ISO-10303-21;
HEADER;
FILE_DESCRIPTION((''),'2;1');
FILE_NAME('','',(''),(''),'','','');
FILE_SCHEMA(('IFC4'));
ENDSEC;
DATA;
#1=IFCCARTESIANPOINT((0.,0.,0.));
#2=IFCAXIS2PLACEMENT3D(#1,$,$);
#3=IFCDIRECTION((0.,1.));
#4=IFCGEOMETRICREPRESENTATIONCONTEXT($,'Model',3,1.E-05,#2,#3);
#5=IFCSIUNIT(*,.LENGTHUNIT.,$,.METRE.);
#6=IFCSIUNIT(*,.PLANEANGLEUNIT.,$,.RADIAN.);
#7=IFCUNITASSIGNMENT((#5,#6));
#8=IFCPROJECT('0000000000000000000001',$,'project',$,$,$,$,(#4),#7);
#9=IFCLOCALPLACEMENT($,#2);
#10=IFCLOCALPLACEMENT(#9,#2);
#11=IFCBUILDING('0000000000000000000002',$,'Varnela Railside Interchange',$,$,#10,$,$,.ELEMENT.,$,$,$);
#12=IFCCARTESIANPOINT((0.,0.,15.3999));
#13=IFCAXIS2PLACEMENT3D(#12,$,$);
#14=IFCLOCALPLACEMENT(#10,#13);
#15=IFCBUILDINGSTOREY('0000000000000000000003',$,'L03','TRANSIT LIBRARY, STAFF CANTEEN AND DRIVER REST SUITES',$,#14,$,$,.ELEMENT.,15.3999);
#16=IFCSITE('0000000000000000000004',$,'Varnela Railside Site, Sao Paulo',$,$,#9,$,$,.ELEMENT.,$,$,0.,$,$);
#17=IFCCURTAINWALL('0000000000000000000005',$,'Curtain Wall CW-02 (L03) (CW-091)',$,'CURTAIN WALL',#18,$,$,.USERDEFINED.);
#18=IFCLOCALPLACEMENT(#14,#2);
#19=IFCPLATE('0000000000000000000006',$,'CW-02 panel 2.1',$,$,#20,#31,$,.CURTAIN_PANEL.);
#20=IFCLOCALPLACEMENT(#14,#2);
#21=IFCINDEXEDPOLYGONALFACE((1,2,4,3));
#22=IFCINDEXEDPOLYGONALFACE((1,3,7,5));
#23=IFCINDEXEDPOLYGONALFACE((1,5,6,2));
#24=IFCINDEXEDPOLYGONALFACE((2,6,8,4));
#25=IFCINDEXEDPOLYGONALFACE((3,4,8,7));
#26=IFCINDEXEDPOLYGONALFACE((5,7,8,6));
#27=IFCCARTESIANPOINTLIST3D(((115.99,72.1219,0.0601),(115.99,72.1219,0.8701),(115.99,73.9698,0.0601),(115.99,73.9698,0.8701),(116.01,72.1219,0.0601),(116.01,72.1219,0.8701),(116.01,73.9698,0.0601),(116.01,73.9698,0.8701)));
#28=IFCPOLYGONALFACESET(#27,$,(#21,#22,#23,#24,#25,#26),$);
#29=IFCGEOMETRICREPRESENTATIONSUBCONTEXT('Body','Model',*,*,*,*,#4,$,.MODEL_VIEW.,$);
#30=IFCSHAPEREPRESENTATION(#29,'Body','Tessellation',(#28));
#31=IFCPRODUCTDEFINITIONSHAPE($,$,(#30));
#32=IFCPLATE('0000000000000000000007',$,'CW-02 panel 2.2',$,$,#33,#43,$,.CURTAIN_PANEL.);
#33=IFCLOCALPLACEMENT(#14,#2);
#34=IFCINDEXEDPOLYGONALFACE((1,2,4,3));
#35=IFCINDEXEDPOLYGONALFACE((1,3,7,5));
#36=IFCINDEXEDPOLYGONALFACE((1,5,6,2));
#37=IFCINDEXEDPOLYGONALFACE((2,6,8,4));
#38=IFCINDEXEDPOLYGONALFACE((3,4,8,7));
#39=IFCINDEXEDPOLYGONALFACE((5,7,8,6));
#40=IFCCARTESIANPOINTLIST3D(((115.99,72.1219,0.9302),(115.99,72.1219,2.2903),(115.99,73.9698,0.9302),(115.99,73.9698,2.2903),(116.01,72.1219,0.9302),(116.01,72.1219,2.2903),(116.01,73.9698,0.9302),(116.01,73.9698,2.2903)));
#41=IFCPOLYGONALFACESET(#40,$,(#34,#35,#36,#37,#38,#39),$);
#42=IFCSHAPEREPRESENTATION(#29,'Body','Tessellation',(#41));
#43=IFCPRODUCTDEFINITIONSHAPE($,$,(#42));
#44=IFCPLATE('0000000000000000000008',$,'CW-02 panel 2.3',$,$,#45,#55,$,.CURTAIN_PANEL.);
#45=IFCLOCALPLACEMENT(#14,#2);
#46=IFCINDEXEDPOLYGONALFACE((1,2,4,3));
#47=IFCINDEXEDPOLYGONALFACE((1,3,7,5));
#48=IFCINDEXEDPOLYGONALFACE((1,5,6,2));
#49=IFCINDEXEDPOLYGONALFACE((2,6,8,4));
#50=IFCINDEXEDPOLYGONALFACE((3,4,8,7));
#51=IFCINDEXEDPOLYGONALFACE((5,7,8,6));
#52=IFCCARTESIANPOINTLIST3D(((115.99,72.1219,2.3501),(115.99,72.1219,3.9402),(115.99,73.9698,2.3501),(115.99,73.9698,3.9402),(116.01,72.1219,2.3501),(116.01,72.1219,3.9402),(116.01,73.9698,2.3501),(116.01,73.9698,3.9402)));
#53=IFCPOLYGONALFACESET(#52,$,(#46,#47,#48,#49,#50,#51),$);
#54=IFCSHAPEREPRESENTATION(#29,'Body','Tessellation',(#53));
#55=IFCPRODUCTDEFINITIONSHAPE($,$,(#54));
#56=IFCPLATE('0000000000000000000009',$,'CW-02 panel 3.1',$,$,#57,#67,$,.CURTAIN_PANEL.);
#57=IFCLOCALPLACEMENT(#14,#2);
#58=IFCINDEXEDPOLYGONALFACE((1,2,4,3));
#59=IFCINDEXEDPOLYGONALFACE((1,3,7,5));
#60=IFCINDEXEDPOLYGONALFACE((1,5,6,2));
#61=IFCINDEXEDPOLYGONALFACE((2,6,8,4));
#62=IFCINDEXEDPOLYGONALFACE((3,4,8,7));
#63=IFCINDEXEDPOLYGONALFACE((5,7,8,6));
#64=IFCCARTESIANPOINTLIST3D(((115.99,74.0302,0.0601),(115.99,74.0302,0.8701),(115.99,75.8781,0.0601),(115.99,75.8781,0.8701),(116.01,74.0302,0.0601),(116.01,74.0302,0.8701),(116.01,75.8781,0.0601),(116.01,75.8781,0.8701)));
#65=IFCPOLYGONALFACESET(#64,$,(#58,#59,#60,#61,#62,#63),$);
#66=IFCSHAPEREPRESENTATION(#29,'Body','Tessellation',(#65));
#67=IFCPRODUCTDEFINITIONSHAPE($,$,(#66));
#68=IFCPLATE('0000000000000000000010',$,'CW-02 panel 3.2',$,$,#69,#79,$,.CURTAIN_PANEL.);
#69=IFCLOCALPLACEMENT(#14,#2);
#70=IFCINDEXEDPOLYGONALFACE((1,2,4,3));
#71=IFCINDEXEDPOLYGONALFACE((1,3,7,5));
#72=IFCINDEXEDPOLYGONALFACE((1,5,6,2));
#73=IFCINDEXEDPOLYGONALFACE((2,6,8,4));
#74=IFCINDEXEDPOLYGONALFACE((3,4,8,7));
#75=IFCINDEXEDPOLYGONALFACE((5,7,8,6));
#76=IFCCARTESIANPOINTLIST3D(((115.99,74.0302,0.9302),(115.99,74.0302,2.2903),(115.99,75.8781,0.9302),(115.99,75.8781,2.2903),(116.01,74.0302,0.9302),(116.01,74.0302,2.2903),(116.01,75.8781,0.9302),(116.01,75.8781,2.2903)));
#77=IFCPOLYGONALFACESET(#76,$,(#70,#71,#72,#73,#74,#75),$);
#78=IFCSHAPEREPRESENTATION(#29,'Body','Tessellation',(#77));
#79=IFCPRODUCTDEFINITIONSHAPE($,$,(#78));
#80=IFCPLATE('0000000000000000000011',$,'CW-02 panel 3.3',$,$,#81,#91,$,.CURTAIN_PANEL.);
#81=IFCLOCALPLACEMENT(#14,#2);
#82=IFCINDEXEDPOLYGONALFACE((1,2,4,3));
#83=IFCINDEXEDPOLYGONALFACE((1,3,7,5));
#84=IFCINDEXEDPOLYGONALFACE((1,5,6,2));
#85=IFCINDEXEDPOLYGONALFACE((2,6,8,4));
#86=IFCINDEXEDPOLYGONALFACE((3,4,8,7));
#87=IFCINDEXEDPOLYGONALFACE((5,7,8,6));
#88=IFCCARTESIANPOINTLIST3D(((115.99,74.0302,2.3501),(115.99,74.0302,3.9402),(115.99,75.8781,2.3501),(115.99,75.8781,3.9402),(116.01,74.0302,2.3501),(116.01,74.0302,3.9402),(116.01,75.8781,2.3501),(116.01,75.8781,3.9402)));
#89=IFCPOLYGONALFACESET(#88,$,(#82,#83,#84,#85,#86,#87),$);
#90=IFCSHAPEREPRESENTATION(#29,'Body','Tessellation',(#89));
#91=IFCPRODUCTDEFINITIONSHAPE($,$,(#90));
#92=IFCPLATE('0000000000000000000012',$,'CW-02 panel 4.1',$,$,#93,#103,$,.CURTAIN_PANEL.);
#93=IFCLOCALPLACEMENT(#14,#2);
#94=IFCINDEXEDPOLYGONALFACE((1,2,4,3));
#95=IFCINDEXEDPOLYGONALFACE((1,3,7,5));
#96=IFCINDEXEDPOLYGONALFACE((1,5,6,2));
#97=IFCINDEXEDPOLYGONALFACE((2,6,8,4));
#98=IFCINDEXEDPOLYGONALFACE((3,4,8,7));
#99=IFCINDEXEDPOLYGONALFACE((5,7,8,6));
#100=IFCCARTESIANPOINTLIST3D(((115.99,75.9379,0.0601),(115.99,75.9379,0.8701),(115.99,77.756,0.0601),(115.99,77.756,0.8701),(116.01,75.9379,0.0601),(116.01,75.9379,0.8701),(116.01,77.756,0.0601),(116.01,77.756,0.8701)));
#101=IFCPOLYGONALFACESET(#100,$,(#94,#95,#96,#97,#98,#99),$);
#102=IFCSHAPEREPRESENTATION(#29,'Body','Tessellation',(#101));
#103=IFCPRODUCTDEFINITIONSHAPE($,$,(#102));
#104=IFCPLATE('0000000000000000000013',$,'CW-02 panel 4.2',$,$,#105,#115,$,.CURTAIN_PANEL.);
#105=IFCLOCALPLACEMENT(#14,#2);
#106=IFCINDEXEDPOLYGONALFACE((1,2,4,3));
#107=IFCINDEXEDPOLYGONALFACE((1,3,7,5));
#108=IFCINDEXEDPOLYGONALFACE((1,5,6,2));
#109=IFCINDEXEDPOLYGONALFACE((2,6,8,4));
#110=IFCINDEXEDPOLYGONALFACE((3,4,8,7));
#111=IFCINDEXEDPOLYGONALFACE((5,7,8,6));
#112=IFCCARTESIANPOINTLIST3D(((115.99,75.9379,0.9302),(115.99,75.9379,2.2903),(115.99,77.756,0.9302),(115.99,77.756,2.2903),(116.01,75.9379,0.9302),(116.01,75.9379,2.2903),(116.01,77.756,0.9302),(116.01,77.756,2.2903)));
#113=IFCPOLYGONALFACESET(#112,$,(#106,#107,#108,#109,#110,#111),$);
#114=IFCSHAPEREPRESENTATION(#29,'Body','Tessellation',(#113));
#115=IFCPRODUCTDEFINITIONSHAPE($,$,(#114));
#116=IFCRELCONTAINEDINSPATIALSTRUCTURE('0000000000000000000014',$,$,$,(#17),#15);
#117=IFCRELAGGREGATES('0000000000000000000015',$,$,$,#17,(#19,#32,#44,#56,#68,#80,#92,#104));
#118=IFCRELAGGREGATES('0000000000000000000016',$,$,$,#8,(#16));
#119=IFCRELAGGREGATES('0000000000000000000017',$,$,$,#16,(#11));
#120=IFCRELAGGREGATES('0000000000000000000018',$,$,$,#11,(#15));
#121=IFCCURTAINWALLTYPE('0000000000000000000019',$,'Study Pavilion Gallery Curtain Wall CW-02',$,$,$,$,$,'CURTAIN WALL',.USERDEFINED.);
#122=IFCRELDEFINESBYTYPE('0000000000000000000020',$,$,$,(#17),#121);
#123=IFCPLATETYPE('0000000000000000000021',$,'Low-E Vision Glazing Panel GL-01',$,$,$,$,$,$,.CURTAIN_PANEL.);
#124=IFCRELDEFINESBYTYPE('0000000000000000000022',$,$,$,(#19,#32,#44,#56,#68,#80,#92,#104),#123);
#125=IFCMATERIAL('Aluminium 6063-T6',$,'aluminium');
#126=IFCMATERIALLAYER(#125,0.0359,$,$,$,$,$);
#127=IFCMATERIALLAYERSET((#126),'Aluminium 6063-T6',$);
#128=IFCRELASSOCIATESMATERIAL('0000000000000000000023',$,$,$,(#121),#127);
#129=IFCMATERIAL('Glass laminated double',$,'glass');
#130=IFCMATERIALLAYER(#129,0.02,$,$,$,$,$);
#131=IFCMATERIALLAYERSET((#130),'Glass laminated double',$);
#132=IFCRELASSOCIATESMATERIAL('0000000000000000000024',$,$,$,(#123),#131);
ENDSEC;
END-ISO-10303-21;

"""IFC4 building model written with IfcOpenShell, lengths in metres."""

from ifc_helpers import new_model, si_unit, direction, frame, origin, origin_2d, place, context, subcontext, project, spatial, rectangle, extrude, material, layer, layer_set, type_object, element, aggregate, save


model = new_model("IFC4")

# Units and contexts
model_context = context("Model", 3, precision=1e-05, world=origin(), true_north=direction((0.0, 1.0)))
body_context = subcontext(model_context, "Body", "Model", "MODEL_VIEW")
ifc_project = project(units=[si_unit("LENGTHUNIT", "METRE"), si_unit("PLANEANGLEUNIT", "RADIAN")], contexts=[model_context])

# Site, building, storey
site_placement = place(None, origin())
site = spatial("IfcSite", under=ifc_project, at=site_placement, Name="Varnela Railside Site, Sao Paulo", CompositionType="ELEMENT", RefElevation=0.0)
building_placement = place(site_placement, origin())
building = spatial("IfcBuilding", under=site, at=building_placement, Name="Varnela Railside Interchange", CompositionType="ELEMENT")
storey_placement = place(building_placement, frame((0.0, 0.0, 15.3999)))
storey = spatial("IfcBuildingStorey", under=building, at=storey_placement, Name="L03", Description="TRANSIT LIBRARY, STAFF CANTEEN AND DRIVER REST SUITES", CompositionType="ELEMENT", Elevation=15.3999)

# Curtain wall, plates
ifc_material_1 = material(Name="Aluminium 6063-T6", Category="aluminium")
ifc_layer_1 = layer(ifc_material_1, 0.0359)
ifc_layer_set_1 = layer_set([ifc_layer_1], Name="Aluminium 6063-T6")
curtain_wall_type = type_object("IfcCurtainWallType", Name="Study Pavilion Gallery Curtain Wall CW-02", ElementType="CURTAIN WALL", PredefinedType="USERDEFINED", material=ifc_layer_set_1)
curtain_wall_placement = place(storey_placement, origin())
curtain_wall = element("IfcCurtainWall", 1, at=curtain_wall_placement, inside=storey, type_object=curtain_wall_type, Name="Curtain Wall CW-02 (L03) (CW-091)", ObjectType="CURTAIN WALL", PredefinedType="USERDEFINED")
ifc_material_2 = material(Name="Glass laminated double", Category="glass")
ifc_layer_2 = layer(ifc_material_2, 0.02)
ifc_layer_set_2 = layer_set([ifc_layer_2], Name="Glass laminated double")
plate_type = type_object("IfcPlateType", Name="Low-E Vision Glazing Panel GL-01", PredefinedType="CURTAIN_PANEL", material=ifc_layer_set_2)
plate_1_placement = place(storey_placement, frame((116.0, 73.0459, 0.0601), z_axis=(0.0, 0.0, 1.0), x_axis=(0.0, 1.0, 0.0)))
plate_1 = element("IfcPlate", 2, at=plate_1_placement, type_object=plate_type, Name="CW-02 panel 2.1", PredefinedType="CURTAIN_PANEL", context=body_context, shape_type="SweptSolid", body=[
    extrude(rectangle(XDim=1.8479, YDim=0.02, at=origin_2d()), origin(), (0.0, 0.0, 1.0), 0.8101),
])
plate_2_placement = place(storey_placement, frame((116.0, 73.0459, 0.9302), z_axis=(0.0, 0.0, 1.0), x_axis=(0.0, 1.0, 0.0)))
plate_2 = element("IfcPlate", 3, at=plate_2_placement, type_object=plate_type, Name="CW-02 panel 2.2", PredefinedType="CURTAIN_PANEL", context=body_context, shape_type="SweptSolid", body=[
    extrude(rectangle(XDim=1.8479, YDim=0.02, at=origin_2d()), origin(), (0.0, 0.0, 1.0), 1.3601),
])
plate_3_placement = place(storey_placement, frame((116.0, 73.0459, 2.3501), z_axis=(0.0, 0.0, 1.0), x_axis=(0.0, 1.0, 0.0)))
plate_3 = element("IfcPlate", 4, at=plate_3_placement, type_object=plate_type, Name="CW-02 panel 2.3", PredefinedType="CURTAIN_PANEL", context=body_context, shape_type="SweptSolid", body=[
    extrude(rectangle(XDim=1.8479, YDim=0.02, at=origin_2d()), origin(), (0.0, 0.0, 1.0), 1.5901),
])
plate_4_placement = place(storey_placement, frame((116.0, 74.9541, 0.0601), z_axis=(0.0, 0.0, 1.0), x_axis=(0.0, 1.0, 0.0)))
plate_4 = element("IfcPlate", 5, at=plate_4_placement, type_object=plate_type, Name="CW-02 panel 3.1", PredefinedType="CURTAIN_PANEL", context=body_context, shape_type="SweptSolid", body=[
    extrude(rectangle(XDim=1.8479, YDim=0.02, at=origin_2d()), origin(), (0.0, 0.0, 1.0), 0.8101),
])
plate_5_placement = place(storey_placement, frame((116.0, 74.9541, 0.9302), z_axis=(0.0, 0.0, 1.0), x_axis=(0.0, 1.0, 0.0)))
plate_5 = element("IfcPlate", 6, at=plate_5_placement, type_object=plate_type, Name="CW-02 panel 3.2", PredefinedType="CURTAIN_PANEL", context=body_context, shape_type="SweptSolid", body=[
    extrude(rectangle(XDim=1.8479, YDim=0.02, at=origin_2d()), origin(), (0.0, 0.0, 1.0), 1.3601),
])
plate_6_placement = place(storey_placement, frame((116.0, 74.9541, 2.3501), z_axis=(0.0, 0.0, 1.0), x_axis=(0.0, 1.0, 0.0)))
plate_6 = element("IfcPlate", 7, at=plate_6_placement, type_object=plate_type, Name="CW-02 panel 3.3", PredefinedType="CURTAIN_PANEL", context=body_context, shape_type="SweptSolid", body=[
    extrude(rectangle(XDim=1.8479, YDim=0.02, at=origin_2d()), origin(), (0.0, 0.0, 1.0), 1.5901),
])
plate_7_placement = place(storey_placement, frame((116.0, 76.8469, 0.0601), z_axis=(0.0, 0.0, 1.0), x_axis=(0.0, 1.0, 0.0)))
plate_7 = element("IfcPlate", 8, at=plate_7_placement, type_object=plate_type, Name="CW-02 panel 4.1", PredefinedType="CURTAIN_PANEL", context=body_context, shape_type="SweptSolid", body=[
    extrude(rectangle(XDim=1.8181, YDim=0.02, at=origin_2d()), origin(), (0.0, 0.0, 1.0), 0.8101),
])
plate_8_placement = place(storey_placement, frame((116.0, 76.8469, 0.9302), z_axis=(0.0, 0.0, 1.0), x_axis=(0.0, 1.0, 0.0)))
plate_8 = element("IfcPlate", 9, at=plate_8_placement, type_object=plate_type, Name="CW-02 panel 4.2", PredefinedType="CURTAIN_PANEL", context=body_context, shape_type="SweptSolid", body=[
    extrude(rectangle(XDim=1.8181, YDim=0.02, at=origin_2d()), origin(), (0.0, 0.0, 1.0), 1.3601),
])
aggregate(curtain_wall, [plate_1, plate_2, plate_3, plate_4, plate_5, plate_6, plate_7, plate_8])

save(model, "model.ifc")
